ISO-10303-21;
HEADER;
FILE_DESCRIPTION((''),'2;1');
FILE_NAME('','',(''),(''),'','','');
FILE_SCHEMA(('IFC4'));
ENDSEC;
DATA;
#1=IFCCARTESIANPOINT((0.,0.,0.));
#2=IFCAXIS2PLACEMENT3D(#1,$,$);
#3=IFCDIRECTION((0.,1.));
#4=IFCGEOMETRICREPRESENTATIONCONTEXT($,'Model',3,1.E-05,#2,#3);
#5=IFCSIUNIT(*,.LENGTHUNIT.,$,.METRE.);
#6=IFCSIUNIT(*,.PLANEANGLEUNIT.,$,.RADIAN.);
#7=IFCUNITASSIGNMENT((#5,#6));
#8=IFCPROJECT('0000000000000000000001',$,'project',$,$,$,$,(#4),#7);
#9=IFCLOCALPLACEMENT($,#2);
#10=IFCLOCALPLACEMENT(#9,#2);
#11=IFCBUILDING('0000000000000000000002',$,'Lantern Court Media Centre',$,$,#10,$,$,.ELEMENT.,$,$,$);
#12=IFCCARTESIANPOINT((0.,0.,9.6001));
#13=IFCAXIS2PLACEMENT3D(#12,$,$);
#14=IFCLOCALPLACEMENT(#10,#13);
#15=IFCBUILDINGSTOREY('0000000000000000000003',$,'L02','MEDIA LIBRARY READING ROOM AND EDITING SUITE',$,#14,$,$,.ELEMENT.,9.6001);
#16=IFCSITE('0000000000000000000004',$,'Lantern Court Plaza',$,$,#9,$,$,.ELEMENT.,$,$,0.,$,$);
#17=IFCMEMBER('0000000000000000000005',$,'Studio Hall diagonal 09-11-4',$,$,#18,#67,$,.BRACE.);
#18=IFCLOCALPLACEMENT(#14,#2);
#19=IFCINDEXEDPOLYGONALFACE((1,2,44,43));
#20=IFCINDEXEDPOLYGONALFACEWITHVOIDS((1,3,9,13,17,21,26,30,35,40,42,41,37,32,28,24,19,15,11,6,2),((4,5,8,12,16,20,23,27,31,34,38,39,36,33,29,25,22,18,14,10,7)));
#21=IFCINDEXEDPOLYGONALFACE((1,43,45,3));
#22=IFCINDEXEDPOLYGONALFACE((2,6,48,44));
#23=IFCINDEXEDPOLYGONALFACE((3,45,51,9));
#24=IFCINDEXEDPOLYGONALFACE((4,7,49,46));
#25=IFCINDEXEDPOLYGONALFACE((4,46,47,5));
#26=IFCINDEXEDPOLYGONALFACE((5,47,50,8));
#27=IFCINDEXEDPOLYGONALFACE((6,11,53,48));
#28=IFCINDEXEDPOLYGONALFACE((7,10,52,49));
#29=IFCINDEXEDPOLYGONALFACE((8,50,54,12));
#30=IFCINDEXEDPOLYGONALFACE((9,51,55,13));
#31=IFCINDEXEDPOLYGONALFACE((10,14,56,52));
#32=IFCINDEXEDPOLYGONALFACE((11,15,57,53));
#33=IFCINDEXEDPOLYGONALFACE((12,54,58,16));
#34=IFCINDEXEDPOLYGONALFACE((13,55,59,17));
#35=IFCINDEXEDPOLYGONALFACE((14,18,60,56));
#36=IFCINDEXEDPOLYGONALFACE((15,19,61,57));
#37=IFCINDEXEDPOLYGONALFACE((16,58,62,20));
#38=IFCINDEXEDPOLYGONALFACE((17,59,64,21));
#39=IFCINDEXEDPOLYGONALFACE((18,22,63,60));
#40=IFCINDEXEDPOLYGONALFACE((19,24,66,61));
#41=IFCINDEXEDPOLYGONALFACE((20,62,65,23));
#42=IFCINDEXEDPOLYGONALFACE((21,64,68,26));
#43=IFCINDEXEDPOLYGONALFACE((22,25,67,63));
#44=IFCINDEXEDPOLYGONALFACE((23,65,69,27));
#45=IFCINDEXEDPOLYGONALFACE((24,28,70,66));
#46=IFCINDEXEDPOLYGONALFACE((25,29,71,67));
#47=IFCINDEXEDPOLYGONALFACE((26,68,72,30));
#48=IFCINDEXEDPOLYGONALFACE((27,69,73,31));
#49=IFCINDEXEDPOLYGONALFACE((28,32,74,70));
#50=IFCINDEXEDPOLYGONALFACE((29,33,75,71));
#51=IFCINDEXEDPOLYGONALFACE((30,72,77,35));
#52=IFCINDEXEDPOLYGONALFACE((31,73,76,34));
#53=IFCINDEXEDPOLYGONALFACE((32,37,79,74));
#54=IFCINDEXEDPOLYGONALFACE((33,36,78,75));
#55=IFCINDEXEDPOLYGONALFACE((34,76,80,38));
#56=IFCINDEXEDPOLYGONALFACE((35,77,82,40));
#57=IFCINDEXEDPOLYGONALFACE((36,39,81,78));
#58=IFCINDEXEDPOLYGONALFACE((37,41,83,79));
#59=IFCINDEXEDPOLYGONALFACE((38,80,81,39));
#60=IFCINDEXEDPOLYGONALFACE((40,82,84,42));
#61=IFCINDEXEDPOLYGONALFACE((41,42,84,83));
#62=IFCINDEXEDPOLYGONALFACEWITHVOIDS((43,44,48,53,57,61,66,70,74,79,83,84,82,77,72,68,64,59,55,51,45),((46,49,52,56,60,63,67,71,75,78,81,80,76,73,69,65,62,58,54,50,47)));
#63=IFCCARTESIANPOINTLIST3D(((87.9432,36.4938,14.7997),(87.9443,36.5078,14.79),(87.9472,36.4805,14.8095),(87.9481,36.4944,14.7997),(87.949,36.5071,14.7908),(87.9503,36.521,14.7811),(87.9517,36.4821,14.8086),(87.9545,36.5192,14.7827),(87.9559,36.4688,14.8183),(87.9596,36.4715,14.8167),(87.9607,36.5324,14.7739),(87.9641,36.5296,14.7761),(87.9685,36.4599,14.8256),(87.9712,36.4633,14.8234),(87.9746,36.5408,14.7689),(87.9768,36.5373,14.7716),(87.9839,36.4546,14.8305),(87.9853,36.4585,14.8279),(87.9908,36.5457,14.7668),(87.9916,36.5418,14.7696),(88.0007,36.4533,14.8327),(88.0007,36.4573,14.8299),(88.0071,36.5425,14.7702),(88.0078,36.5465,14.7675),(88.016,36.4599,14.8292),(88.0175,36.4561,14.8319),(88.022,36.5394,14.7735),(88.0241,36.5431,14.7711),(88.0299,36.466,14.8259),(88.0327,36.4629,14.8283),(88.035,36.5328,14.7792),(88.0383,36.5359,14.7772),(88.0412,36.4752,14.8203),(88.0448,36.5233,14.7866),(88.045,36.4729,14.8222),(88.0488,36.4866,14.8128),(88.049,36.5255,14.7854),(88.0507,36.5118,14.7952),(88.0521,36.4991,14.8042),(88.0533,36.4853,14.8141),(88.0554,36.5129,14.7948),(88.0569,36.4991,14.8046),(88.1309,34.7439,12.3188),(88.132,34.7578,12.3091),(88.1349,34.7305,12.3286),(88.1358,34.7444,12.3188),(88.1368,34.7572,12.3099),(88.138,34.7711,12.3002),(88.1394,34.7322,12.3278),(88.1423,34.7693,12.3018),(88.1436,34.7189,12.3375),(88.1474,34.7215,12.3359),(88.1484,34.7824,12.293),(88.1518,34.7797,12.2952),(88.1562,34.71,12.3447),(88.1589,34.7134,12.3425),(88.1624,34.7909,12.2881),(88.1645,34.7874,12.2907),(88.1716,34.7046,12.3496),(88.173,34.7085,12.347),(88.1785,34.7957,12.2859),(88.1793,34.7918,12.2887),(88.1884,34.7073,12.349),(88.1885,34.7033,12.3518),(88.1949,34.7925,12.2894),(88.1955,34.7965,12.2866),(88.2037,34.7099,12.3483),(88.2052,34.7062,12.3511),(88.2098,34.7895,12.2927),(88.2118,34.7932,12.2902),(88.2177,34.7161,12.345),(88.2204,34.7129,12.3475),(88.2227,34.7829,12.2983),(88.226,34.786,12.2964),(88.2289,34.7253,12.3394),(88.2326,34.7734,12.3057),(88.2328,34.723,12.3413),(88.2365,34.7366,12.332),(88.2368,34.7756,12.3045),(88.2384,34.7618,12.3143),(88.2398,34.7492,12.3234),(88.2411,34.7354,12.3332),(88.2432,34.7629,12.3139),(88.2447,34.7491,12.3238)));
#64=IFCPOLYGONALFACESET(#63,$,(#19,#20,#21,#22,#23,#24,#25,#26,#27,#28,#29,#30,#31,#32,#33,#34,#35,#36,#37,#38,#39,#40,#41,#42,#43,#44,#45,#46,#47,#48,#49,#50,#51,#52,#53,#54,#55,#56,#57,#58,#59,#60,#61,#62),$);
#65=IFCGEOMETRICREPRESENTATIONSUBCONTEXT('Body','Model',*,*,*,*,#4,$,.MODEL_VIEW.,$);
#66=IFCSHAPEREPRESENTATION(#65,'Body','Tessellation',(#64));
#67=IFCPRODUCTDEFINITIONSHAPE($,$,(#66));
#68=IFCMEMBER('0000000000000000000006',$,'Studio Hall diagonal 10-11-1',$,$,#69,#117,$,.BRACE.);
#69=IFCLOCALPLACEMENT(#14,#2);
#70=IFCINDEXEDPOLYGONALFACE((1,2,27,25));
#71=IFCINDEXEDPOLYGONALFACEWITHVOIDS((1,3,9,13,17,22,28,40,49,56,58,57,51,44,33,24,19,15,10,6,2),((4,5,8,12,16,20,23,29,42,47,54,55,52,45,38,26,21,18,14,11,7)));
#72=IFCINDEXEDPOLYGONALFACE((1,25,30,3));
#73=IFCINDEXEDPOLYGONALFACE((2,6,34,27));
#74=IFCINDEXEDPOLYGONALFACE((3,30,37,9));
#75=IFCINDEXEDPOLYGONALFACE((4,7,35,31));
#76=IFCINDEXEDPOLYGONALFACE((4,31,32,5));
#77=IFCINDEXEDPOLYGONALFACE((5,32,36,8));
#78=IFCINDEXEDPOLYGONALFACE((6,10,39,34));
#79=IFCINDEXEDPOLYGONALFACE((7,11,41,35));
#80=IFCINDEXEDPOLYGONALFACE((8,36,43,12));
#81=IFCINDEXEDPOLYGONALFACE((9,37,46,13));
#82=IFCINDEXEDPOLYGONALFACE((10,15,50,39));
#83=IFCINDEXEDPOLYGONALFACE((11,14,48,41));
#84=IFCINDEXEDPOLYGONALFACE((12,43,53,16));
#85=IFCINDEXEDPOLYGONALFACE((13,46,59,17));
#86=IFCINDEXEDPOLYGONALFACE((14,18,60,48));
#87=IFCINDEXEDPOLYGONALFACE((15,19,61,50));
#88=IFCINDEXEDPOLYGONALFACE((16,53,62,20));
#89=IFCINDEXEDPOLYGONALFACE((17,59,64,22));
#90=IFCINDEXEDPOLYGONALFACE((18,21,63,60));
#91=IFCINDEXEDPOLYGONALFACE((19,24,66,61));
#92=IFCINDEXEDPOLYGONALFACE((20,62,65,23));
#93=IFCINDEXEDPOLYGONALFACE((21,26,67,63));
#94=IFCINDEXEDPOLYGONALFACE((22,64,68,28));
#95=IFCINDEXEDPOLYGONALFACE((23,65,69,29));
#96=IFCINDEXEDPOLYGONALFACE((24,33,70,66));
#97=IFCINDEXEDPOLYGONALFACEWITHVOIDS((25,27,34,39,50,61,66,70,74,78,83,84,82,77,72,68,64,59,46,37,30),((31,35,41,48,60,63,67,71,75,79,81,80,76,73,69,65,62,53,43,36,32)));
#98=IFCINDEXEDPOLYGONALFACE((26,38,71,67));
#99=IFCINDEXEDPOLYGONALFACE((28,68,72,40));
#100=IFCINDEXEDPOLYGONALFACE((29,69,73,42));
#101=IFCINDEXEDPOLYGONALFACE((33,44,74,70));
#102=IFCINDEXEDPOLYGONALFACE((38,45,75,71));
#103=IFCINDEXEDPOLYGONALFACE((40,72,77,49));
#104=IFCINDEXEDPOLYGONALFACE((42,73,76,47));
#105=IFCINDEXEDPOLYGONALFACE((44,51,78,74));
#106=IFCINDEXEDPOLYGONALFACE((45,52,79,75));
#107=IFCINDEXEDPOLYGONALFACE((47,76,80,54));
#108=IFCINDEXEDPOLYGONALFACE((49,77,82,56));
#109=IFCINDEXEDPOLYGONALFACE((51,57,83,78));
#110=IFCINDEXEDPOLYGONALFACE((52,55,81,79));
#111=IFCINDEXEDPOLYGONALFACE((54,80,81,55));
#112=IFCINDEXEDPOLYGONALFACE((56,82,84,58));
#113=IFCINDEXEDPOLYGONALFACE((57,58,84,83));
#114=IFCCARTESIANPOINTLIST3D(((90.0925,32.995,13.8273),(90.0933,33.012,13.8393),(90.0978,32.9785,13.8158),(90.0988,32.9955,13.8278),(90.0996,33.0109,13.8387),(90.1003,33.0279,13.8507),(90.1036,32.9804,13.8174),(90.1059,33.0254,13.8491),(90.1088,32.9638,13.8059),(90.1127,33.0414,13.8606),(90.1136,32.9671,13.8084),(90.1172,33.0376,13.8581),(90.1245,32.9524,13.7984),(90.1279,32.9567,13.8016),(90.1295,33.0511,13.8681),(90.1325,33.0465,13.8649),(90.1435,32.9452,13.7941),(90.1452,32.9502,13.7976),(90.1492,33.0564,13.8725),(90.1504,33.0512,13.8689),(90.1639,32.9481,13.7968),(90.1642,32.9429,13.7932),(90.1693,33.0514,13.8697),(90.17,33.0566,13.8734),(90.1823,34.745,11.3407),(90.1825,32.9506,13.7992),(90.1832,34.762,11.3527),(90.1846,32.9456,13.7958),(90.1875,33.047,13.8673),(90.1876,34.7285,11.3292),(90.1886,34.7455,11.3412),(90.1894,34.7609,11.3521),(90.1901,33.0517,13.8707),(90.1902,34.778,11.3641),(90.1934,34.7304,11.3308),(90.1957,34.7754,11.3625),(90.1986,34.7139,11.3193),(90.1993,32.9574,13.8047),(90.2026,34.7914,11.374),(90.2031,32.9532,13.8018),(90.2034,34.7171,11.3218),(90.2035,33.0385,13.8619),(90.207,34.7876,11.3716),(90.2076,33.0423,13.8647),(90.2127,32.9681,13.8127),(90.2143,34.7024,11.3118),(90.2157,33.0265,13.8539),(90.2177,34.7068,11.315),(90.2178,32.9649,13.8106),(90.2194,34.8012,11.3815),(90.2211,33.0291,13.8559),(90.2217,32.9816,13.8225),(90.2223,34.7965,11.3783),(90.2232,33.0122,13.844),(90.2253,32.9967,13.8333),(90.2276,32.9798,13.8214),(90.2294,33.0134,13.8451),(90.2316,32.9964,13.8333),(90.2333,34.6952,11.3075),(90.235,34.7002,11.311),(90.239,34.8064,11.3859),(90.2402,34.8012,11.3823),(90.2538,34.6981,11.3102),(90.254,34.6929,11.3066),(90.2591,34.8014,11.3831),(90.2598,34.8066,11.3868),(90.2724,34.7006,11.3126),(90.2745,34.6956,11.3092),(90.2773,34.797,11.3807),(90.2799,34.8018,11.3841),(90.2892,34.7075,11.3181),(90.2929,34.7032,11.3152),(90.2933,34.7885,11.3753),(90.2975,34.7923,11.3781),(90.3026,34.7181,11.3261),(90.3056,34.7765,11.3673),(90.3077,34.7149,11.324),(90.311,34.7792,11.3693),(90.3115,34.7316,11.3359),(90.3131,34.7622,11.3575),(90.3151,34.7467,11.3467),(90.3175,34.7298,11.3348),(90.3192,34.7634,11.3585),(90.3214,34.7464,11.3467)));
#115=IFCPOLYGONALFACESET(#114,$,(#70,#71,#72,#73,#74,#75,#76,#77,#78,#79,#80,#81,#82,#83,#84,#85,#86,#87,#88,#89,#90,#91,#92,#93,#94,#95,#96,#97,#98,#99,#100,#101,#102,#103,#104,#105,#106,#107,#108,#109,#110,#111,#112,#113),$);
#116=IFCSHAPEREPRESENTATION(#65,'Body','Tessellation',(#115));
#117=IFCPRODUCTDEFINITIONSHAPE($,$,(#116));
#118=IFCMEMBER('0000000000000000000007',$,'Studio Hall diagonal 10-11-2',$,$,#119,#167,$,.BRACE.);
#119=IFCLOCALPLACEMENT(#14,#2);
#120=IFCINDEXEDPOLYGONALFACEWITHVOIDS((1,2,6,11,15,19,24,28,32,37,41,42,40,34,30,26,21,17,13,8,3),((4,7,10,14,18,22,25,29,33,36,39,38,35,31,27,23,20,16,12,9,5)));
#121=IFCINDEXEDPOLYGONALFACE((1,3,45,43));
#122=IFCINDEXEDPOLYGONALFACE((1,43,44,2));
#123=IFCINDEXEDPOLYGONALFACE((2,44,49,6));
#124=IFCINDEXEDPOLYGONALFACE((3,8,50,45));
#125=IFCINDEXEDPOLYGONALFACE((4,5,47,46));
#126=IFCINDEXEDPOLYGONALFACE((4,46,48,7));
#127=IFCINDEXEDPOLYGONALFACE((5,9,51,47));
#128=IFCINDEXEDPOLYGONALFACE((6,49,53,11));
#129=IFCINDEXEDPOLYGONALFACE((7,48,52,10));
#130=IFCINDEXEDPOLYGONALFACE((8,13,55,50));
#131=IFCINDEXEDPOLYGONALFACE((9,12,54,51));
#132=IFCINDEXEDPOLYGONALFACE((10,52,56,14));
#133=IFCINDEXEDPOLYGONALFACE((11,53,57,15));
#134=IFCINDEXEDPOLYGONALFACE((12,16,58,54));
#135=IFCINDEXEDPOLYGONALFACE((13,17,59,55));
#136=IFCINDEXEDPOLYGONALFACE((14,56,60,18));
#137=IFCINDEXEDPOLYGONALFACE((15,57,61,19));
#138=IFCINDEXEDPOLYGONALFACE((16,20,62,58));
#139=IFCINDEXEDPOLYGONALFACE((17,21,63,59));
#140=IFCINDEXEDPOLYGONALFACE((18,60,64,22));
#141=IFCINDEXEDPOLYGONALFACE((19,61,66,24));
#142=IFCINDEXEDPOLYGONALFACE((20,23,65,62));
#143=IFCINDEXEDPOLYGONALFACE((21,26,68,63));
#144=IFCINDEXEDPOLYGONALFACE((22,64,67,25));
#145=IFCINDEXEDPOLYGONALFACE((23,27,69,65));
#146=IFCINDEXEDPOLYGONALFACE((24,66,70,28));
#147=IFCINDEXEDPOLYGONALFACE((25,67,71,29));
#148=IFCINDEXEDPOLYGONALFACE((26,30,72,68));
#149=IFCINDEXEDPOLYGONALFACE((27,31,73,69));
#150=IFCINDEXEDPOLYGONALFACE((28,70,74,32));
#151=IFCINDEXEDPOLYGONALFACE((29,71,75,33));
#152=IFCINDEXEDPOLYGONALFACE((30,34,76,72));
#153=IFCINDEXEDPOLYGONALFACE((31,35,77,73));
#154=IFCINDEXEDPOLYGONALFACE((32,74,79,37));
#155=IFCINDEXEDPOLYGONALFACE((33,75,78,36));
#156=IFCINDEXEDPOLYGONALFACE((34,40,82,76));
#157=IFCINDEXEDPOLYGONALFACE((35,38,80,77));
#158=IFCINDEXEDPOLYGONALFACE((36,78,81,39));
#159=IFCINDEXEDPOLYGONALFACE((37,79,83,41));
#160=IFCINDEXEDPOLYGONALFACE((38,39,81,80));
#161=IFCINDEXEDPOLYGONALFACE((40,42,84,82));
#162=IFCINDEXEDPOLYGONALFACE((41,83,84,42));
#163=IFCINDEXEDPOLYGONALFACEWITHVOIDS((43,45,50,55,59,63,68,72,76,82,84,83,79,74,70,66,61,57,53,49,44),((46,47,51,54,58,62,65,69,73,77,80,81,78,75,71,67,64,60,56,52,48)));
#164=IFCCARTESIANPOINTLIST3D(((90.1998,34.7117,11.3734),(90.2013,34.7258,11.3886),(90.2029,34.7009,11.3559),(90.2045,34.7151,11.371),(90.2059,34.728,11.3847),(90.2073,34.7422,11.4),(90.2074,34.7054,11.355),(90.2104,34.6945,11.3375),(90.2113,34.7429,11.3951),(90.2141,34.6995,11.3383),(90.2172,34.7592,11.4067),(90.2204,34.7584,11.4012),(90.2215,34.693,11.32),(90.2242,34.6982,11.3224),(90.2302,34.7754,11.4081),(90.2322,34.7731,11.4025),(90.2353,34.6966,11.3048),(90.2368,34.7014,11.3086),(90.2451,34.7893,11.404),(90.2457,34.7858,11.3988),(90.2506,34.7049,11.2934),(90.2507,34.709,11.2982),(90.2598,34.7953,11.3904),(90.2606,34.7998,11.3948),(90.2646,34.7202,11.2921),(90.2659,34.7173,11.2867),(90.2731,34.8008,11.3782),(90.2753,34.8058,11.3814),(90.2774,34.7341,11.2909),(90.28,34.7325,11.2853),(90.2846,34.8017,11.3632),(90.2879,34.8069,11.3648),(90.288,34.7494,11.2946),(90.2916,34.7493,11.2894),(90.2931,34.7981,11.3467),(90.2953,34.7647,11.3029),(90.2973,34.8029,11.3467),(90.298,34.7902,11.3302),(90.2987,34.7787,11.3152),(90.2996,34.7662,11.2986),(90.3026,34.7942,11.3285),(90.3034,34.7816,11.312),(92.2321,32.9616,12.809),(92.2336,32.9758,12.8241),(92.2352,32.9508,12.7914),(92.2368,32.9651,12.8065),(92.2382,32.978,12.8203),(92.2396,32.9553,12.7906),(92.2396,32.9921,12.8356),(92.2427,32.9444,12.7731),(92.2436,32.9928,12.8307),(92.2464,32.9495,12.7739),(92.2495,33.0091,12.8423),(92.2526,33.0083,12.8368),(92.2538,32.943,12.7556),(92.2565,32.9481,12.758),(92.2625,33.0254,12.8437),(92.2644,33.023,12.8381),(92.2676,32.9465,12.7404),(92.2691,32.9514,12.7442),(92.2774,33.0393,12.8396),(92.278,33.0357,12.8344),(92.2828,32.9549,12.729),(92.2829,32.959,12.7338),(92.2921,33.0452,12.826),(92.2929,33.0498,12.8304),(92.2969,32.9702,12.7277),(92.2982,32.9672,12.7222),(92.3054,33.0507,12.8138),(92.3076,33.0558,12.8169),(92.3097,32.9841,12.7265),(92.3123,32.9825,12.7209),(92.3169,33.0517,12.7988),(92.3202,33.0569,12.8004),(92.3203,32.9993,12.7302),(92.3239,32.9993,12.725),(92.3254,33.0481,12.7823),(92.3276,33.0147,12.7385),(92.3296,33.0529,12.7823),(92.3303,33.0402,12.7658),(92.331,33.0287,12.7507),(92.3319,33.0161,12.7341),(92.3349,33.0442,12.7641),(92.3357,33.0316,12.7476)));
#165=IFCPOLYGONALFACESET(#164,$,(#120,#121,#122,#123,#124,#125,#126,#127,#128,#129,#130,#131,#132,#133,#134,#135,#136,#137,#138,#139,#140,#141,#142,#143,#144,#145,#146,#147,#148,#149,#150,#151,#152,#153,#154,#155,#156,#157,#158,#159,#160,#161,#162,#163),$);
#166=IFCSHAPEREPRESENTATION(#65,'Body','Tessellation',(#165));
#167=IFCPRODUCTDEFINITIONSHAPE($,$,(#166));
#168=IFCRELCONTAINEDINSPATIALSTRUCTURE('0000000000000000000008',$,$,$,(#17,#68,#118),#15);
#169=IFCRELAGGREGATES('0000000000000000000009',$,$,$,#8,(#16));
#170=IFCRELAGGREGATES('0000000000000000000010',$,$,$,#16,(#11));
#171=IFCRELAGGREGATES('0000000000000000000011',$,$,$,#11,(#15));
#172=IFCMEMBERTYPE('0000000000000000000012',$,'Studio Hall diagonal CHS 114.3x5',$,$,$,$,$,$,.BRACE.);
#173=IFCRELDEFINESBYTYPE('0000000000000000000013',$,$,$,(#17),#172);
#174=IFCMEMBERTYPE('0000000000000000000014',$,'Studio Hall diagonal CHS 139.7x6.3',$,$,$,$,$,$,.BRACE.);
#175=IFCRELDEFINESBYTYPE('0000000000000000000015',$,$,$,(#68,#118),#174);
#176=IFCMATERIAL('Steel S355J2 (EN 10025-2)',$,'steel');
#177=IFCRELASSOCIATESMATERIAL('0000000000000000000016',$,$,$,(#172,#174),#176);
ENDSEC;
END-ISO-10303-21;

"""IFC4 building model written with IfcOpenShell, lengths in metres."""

from ifc_helpers import new_model, si_unit, direction, frame, origin, origin_2d, place, context, subcontext, project, spatial, hollow_circle, extrude, material, material_profile, profile_set, type_object, element, save


model = new_model("IFC4")

# Units and contexts
model_context = context("Model", 3, precision=1e-05, world=origin(), true_north=direction((0.0, 1.0)))
body_context = subcontext(model_context, "Body", "Model", "MODEL_VIEW")
ifc_project = project(units=[si_unit("LENGTHUNIT", "METRE"), si_unit("PLANEANGLEUNIT", "RADIAN")], contexts=[model_context])

# Site, building, storey
site_placement = place(None, origin())
site = spatial("IfcSite", under=ifc_project, at=site_placement, Name="Lantern Court Plaza", CompositionType="ELEMENT", RefElevation=0.0)
building_placement = place(site_placement, origin())
building = spatial("IfcBuilding", under=site, at=building_placement, Name="Lantern Court Media Centre", CompositionType="ELEMENT")
storey_placement = place(building_placement, frame((0.0, 0.0, 9.6001)))
storey = spatial("IfcBuildingStorey", under=building, at=storey_placement, Name="L02", Description="MEDIA LIBRARY READING ROOM AND EDITING SUITE", CompositionType="ELEMENT", Elevation=9.6001)

# Members
ifc_material = material(Name="Steel S355J2 (EN 10025-2)", Category="steel")
ifc_material_profile_1 = material_profile(ifc_material, hollow_circle(Radius=0.0571, WallThickness=0.0049, at=origin_2d()), Name="Studio Hall diagonal CHS 114.3x5")
ifc_profile_set_1 = profile_set([ifc_material_profile_1], Name="Steel S355J2 (EN 10025-2)")
member_type_1 = type_object("IfcMemberType", Name="Studio Hall diagonal CHS 114.3x5", PredefinedType="BRACE", material=ifc_profile_set_1)
member_1_placement = place(storey_placement, frame((88.1877, 34.75, 12.3188), z_axis=(-0.06172, 0.575306, 0.815606), x_axis=(-0.994294, -0.10667, 0.0)))
element("IfcMember", 1, at=member_1_placement, inside=storey, type_object=member_type_1, Name="Studio Hall diagonal 09-11-4", PredefinedType="BRACE", context=body_context, shape_type="SweptSolid", body=[
    extrude(hollow_circle(Radius=0.0571, WallThickness=0.0049, at=origin_2d()), origin(), (0.0, 0.0, 1.0), 3.0417),
])
ifc_material_profile_2 = material_profile(ifc_material, hollow_circle(Radius=0.0698, WallThickness=0.0063, at=origin_2d()), Name="Studio Hall diagonal CHS 139.7x6.3")
ifc_profile_set_2 = profile_set([ifc_material_profile_2], Name="Steel S355J2 (EN 10025-2)")
member_type_2 = type_object("IfcMemberType", Name="Studio Hall diagonal CHS 139.7x6.3", PredefinedType="BRACE", material=ifc_profile_set_2)
for number, where, z_axis, x_axis, name in (
    (2, (90.2517, 34.75, 11.3467), (-0.029535, -0.575284, 0.81742), (0.998685, -0.051272, 0.0), "Studio Hall diagonal 10-11-1"),
    (3, (90.2517, 34.75, 11.3467), (0.668075, -0.575296, 0.471922), (0.652529, 0.757764, 0.0), "Studio Hall diagonal 10-11-2"),
):
    element("IfcMember", number, at=place(storey_placement, frame(where, z_axis=z_axis, x_axis=x_axis)), inside=storey, type_object=member_type_2, Name=name, PredefinedType="BRACE", context=body_context, shape_type="SweptSolid", body=[
        extrude(hollow_circle(Radius=0.0698, WallThickness=0.0063, at=origin_2d()), origin(), (0.0, 0.0, 1.0), 3.042),
    ])

save(model, "model.ifc")
